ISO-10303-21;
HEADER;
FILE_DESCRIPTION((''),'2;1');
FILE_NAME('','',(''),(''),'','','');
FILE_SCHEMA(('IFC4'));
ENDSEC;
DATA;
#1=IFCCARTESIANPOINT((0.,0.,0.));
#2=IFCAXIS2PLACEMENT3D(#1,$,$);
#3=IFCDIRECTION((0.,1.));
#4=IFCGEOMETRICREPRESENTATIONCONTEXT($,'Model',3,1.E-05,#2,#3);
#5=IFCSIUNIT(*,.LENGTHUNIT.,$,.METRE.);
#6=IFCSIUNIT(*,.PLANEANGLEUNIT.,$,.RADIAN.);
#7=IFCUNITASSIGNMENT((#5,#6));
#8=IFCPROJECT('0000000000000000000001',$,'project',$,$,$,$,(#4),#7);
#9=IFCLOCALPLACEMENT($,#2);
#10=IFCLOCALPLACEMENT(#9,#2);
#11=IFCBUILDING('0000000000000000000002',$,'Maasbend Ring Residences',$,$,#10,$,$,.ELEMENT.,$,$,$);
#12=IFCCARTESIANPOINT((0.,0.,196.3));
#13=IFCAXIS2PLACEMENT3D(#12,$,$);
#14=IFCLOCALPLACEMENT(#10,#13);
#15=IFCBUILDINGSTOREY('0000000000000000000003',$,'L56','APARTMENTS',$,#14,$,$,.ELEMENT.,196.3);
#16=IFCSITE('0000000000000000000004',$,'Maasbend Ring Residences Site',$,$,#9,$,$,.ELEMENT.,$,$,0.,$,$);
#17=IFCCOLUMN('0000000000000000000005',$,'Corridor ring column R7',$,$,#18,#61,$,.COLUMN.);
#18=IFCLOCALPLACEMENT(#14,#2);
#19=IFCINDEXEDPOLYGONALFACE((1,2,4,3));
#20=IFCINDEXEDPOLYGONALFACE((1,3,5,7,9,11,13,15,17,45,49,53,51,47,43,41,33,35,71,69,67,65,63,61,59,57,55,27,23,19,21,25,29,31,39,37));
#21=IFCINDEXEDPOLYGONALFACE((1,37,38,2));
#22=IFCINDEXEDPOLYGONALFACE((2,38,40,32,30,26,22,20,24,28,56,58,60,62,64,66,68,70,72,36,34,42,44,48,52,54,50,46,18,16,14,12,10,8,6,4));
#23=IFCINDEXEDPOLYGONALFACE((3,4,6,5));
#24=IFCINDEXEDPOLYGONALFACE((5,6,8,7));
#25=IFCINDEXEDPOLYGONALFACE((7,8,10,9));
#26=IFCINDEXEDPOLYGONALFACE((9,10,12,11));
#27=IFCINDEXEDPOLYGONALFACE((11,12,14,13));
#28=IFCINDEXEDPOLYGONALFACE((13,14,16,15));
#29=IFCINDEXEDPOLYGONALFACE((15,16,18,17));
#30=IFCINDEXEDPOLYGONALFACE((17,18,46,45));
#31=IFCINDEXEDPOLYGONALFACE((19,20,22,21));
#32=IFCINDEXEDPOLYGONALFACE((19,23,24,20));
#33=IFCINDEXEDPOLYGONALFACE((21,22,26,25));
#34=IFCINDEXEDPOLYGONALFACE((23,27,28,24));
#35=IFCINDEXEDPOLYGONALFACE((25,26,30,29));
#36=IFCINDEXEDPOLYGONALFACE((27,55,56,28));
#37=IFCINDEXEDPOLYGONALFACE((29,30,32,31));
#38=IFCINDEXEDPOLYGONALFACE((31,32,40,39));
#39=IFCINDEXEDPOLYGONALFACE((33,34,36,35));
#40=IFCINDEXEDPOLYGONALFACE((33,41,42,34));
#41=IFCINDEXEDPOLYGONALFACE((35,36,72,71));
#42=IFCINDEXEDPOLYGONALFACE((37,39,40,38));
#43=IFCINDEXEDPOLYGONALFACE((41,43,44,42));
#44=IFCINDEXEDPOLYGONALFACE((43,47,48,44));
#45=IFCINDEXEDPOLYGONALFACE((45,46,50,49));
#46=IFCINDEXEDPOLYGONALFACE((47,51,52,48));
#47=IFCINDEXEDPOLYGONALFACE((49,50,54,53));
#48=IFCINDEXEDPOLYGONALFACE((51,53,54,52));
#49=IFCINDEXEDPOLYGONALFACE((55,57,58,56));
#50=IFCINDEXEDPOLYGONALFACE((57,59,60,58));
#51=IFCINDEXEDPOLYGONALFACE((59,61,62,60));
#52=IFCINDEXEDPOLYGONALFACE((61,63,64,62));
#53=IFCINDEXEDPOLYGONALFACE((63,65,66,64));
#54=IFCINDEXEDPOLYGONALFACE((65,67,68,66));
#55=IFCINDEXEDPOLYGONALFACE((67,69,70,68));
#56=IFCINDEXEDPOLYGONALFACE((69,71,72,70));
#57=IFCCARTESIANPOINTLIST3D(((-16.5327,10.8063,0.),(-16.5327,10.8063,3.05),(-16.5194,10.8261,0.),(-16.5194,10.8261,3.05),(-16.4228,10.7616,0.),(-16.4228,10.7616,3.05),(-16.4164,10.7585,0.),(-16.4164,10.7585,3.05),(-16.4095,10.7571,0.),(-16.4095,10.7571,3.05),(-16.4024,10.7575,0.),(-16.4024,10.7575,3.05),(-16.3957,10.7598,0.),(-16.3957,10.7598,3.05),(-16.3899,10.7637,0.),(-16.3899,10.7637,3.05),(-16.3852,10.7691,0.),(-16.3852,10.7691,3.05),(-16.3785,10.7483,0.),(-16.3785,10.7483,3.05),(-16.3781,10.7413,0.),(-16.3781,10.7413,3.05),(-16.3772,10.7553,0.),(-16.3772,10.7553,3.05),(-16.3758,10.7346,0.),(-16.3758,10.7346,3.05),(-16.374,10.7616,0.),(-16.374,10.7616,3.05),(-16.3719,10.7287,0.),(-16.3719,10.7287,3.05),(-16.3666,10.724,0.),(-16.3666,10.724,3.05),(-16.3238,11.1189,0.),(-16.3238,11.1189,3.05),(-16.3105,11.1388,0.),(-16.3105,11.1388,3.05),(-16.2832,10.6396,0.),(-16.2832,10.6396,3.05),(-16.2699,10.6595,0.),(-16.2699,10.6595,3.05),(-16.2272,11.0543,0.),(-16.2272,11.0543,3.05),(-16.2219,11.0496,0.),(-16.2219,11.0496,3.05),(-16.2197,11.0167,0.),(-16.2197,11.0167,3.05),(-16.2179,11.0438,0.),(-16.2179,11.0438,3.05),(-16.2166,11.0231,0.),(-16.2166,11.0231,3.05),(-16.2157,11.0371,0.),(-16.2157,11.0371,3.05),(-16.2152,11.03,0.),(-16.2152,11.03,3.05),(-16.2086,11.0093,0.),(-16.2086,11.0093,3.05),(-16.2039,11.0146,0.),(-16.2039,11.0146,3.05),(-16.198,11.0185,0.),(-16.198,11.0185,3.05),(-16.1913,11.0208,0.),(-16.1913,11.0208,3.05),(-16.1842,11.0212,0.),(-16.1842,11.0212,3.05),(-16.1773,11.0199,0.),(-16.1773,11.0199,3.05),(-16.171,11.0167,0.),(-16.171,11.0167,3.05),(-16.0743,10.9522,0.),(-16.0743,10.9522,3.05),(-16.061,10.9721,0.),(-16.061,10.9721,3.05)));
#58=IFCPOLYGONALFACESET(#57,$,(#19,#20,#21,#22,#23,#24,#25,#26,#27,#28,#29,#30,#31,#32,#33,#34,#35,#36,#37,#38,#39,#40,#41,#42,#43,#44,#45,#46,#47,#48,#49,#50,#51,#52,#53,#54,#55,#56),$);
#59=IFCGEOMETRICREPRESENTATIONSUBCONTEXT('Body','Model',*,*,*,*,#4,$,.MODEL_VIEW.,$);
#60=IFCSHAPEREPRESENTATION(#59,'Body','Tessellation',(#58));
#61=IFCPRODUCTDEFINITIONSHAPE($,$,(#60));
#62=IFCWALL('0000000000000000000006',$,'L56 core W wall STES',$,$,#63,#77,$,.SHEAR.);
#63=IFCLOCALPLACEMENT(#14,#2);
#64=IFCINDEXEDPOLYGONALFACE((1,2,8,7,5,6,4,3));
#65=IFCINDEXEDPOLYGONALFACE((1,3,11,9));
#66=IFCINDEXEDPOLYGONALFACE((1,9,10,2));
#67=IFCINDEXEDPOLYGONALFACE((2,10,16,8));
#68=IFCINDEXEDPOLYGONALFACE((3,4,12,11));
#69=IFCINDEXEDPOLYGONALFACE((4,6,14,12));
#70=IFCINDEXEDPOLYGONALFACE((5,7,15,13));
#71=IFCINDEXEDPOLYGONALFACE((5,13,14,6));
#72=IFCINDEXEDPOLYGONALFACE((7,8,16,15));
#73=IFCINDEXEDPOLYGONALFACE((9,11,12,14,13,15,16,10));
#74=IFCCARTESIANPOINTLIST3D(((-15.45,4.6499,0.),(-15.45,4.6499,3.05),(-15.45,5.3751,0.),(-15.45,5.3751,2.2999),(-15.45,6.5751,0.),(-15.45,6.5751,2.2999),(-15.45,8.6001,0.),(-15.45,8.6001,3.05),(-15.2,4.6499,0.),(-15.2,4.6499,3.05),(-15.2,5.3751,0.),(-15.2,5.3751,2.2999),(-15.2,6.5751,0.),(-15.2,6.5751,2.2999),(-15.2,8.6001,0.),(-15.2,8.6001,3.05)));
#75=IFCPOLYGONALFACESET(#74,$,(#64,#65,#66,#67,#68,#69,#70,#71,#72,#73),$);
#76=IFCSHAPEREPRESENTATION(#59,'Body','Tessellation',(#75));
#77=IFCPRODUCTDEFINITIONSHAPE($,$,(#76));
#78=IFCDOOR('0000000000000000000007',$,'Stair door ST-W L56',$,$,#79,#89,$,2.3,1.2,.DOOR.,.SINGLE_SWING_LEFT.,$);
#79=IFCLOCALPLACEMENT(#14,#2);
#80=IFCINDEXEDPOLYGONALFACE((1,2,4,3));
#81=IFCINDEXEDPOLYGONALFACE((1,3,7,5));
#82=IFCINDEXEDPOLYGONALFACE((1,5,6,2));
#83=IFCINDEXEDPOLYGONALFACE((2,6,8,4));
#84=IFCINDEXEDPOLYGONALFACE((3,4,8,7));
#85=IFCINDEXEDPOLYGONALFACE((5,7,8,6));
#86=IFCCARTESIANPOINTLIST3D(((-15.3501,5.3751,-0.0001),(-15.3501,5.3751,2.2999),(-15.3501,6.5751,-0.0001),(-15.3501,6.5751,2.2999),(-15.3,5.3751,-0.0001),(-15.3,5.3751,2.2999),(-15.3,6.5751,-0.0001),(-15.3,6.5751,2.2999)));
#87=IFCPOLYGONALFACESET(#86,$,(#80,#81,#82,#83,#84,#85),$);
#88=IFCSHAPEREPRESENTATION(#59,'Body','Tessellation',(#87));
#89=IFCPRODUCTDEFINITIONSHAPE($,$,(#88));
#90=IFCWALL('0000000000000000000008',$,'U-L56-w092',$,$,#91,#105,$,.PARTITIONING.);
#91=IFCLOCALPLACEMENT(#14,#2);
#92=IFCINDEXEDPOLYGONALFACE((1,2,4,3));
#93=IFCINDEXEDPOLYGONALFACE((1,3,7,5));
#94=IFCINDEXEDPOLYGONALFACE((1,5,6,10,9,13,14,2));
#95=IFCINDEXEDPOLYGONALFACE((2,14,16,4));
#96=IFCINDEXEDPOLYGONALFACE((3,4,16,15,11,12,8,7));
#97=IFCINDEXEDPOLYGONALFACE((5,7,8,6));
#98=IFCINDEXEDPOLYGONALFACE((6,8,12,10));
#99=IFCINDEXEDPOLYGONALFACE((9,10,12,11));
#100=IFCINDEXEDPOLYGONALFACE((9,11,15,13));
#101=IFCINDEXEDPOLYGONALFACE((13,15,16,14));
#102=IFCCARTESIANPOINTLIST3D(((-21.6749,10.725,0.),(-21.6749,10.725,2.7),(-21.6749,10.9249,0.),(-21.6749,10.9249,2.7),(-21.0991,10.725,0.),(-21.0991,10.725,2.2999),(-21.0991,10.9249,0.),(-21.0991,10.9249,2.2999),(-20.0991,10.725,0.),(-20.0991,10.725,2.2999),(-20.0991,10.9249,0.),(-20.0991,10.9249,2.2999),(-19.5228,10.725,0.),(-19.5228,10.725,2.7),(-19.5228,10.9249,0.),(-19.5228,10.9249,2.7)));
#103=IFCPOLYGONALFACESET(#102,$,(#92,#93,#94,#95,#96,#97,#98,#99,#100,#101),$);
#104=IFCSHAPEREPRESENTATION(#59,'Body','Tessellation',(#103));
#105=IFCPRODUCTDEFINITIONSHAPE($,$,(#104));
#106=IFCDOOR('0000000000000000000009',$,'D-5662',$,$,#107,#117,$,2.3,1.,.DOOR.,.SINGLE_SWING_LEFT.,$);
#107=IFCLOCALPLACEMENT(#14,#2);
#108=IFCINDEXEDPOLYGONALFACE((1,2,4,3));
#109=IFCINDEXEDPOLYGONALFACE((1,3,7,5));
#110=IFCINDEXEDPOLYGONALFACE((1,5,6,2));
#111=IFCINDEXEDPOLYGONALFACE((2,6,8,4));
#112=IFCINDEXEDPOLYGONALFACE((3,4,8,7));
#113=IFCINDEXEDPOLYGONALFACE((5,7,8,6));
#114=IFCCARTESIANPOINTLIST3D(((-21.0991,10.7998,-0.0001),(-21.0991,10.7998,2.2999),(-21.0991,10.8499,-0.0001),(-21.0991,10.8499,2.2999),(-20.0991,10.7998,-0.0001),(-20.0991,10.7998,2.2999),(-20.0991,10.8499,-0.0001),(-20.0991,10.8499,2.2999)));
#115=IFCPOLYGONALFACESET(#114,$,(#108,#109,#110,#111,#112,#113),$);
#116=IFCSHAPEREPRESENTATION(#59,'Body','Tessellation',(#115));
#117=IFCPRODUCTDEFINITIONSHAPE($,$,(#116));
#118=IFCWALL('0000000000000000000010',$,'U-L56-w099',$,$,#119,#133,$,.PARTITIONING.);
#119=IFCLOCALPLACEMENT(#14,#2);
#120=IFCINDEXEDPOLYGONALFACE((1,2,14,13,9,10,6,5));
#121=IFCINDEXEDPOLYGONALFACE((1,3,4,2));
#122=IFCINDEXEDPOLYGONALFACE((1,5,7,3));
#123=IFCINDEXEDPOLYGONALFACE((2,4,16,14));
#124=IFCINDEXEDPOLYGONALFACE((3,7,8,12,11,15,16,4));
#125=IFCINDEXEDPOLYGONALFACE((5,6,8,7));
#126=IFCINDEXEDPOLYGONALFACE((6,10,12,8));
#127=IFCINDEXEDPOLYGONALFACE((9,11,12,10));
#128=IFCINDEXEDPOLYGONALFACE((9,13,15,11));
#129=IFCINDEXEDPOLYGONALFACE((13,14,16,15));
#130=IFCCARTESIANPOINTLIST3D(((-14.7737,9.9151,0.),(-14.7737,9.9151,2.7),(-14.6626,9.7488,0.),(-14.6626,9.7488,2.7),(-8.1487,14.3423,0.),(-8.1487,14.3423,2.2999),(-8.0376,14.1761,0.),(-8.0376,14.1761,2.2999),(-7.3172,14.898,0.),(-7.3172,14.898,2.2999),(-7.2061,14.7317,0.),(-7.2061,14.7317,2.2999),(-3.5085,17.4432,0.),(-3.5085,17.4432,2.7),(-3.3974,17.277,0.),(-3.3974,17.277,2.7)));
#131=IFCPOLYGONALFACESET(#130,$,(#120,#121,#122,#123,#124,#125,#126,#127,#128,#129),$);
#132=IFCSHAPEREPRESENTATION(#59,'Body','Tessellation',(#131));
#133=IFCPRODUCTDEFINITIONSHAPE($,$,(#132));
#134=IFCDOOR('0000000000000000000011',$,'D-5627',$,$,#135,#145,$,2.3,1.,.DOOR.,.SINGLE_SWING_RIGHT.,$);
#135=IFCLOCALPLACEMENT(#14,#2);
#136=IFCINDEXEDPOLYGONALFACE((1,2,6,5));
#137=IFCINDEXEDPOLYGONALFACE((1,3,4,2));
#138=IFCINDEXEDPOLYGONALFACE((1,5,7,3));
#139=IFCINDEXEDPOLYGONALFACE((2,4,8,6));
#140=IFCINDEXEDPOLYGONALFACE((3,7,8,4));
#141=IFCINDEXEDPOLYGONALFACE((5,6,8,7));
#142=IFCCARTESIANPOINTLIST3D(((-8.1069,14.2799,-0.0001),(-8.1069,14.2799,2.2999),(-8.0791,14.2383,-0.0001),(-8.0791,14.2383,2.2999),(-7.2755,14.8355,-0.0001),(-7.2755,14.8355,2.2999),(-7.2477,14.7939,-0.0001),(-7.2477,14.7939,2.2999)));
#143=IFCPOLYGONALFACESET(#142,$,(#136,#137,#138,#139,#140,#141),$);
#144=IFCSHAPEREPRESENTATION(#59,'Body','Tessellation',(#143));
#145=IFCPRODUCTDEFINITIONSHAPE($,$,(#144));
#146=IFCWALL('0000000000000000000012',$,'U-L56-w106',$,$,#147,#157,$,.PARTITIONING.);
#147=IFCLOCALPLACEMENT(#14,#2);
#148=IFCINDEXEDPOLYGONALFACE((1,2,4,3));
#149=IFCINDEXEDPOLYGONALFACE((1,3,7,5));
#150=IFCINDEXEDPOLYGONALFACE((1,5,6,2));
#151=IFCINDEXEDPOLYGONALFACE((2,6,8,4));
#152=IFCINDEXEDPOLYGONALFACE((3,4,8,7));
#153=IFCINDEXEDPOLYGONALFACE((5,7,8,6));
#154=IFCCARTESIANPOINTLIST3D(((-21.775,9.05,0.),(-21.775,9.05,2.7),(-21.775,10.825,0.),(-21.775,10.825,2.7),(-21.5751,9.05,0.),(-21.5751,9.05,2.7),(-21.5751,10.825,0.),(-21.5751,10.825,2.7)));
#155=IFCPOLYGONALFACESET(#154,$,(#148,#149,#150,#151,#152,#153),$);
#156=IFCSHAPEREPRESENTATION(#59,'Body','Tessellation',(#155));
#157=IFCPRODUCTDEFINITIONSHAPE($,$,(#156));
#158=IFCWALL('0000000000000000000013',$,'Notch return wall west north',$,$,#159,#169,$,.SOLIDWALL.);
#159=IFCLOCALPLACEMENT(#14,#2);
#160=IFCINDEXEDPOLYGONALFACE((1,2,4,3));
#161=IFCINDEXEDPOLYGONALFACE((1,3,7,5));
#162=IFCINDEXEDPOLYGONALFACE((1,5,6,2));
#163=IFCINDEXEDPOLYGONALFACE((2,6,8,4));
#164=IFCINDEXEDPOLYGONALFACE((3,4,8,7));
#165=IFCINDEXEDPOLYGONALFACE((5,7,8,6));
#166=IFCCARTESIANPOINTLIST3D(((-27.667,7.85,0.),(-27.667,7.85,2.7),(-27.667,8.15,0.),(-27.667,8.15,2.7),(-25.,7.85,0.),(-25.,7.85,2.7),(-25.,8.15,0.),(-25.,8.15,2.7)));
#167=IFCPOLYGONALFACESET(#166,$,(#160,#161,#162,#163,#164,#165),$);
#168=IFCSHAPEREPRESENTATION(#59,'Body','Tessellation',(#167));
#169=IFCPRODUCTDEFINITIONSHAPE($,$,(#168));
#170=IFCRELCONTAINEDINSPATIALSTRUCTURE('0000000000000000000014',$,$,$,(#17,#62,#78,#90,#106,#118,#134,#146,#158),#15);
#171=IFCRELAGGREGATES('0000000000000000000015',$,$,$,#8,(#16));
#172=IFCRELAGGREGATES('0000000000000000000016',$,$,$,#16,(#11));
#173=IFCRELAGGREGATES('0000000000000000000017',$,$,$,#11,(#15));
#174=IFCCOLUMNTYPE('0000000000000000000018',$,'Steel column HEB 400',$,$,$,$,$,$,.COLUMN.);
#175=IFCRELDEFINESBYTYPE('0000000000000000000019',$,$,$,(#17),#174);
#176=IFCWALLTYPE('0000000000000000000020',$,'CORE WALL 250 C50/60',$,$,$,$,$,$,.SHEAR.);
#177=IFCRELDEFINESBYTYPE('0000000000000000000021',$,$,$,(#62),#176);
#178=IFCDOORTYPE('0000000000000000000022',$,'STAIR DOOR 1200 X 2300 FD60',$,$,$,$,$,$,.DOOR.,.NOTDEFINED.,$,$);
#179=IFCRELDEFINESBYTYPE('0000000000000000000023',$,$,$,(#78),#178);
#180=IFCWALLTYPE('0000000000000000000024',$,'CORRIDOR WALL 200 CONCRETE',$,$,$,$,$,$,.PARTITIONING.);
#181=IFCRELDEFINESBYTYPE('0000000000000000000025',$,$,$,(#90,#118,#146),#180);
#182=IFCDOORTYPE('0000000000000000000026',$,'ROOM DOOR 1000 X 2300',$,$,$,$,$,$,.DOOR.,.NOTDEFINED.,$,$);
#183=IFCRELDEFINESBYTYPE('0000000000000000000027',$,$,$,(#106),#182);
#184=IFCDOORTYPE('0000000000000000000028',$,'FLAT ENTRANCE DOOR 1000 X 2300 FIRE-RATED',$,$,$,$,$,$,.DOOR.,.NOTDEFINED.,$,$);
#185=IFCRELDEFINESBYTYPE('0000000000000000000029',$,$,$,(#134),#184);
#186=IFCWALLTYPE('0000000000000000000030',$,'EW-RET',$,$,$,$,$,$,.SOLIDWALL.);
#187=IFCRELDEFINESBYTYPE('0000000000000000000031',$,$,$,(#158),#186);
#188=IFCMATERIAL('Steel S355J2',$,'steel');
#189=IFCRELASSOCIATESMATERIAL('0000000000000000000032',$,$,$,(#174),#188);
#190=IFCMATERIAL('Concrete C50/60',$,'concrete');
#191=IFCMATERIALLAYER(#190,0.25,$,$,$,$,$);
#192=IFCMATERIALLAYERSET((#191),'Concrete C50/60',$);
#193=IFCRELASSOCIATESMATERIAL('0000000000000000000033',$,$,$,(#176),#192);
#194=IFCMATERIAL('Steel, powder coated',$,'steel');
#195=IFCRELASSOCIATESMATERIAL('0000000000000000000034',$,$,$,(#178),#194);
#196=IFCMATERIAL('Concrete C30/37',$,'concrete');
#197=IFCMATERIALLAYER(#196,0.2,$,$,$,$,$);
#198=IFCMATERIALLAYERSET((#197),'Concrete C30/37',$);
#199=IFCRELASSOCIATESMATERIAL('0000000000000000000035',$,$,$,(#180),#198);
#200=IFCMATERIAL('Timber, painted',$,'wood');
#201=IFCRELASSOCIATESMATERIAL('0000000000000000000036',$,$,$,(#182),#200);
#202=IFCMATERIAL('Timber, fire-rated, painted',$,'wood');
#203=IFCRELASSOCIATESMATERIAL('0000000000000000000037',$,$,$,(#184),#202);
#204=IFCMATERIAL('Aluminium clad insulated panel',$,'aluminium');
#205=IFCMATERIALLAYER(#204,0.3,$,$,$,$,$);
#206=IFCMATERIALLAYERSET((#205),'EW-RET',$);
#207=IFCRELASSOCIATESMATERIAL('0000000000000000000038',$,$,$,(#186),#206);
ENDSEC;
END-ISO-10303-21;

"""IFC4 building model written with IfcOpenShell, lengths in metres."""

from ifc_helpers import new_model, si_unit, direction, frame, frame_2d, origin, origin_2d, place, context, subcontext, project, spatial, rectangle, i_section, extrude, material, layer, layer_set, material_profile, profile_set, type_object, element, fill, save


model = new_model("IFC4")

# Units and contexts
model_context = context("Model", 3, precision=1e-05, world=origin(), true_north=direction((0.0, 1.0)))
body_context = subcontext(model_context, "Body", "Model", "MODEL_VIEW")
ifc_project = project(units=[si_unit("LENGTHUNIT", "METRE"), si_unit("PLANEANGLEUNIT", "RADIAN")], contexts=[model_context])

# Site, building, storey
site_placement = place(None, origin())
site = spatial("IfcSite", under=ifc_project, at=site_placement, Name="Maasbend Ring Residences Site", CompositionType="ELEMENT", RefElevation=0.0)
building_placement = place(site_placement, origin())
building = spatial("IfcBuilding", under=site, at=building_placement, Name="Maasbend Ring Residences", CompositionType="ELEMENT")
storey_placement = place(building_placement, frame((0.0, 0.0, 196.3)))
storey = spatial("IfcBuildingStorey", under=building, at=storey_placement, Name="L56", Description="APARTMENTS", CompositionType="ELEMENT", Elevation=196.3)

# Column
ifc_material_1 = material(Name="Steel S355J2", Category="steel")
ifc_material_profile = material_profile(ifc_material_1, i_section(OverallWidth=0.3, OverallDepth=0.3999, WebThickness=0.0134, FlangeThickness=0.0239, FilletRadius=0.0271, at=origin_2d()), Name="HEB 400")
ifc_profile_set = profile_set([ifc_material_profile], Name="Steel S355J2")
column_type = type_object("IfcColumnType", Name="Steel column HEB 400", PredefinedType="COLUMN", material=ifc_profile_set)
column_placement = place(storey_placement, frame((-16.2969, 10.8892, 0.0), z_axis=(0.0, 0.0, 1.0), x_axis=(-0.83147, 0.55557, 0.0)))
element("IfcColumn", 1, at=column_placement, inside=storey, type_object=column_type, Name="Corridor ring column R7", PredefinedType="COLUMN", context=body_context, shape_type="SweptSolid", body=[
    extrude(i_section(OverallWidth=0.3, OverallDepth=0.3999, WebThickness=0.0134, FlangeThickness=0.0239, FilletRadius=0.0271, at=origin_2d()), origin(), (0.0, 0.0, 1.0), 3.05),
])

# Walls, openings, doors
ifc_material_2 = material(Name="Concrete C50/60", Category="concrete")
ifc_layer_1 = layer(ifc_material_2, 0.25)
ifc_layer_set_1 = layer_set([ifc_layer_1], Name="Concrete C50/60")
wall_type_1 = type_object("IfcWallType", Name="CORE WALL 250 C50/60", PredefinedType="SHEAR", material=ifc_layer_set_1)
wall_1_placement = place(storey_placement, frame((-15.325, 8.6001, 0.0), z_axis=(0.0, 0.0, 1.0), x_axis=(0.0, -1.0, 0.0)))
wall_1 = element("IfcWall", 2, at=wall_1_placement, inside=storey, type_object=wall_type_1, Name="L56 core W wall STES", PredefinedType="SHEAR", context=body_context, shape_type="SweptSolid", body=[
    extrude(rectangle(XDim=3.9502, YDim=0.25, at=frame_2d((1.9751, 0.0))), origin(), (0.0, 0.0, 1.0), 3.05),
])
opening_1_placement = place(wall_1_placement, frame((2.0249, 0.0, 0.0)))
opening_1 = element("IfcOpeningElement", 3, at=opening_1_placement, cuts=wall_1, PredefinedType="OPENING", context=body_context, shape_type="SweptSolid", body=[
    extrude(rectangle(XDim=1.2, YDim=2.3, at=frame_2d((0.6001, 1.1499))), frame((0.0, 0.135, 0.0), z_axis=(0.0, -1.0, 0.0), x_axis=(1.0, 0.0, 0.0)), (0.0, 0.0, 1.0), 0.27),
])
ifc_material_3 = material(Name="Steel, powder coated", Category="steel")
door_type_1 = type_object("IfcDoorType", Name="STAIR DOOR 1200 X 2300 FD60", OperationType="NOTDEFINED", PredefinedType="DOOR", material=ifc_material_3)
door_1_placement = place(opening_1_placement, origin())
door_1 = element("IfcDoor", 4, at=door_1_placement, inside=storey, type_object=door_type_1, Name="Stair door ST-W L56", OperationType="SINGLE_SWING_LEFT", OverallHeight=2.3, OverallWidth=1.2, PredefinedType="DOOR", context=body_context, shape_type="SweptSolid", body=[
    extrude(rectangle(XDim=1.2, YDim=2.3, at=frame_2d((0.6001, 1.1499))), frame((0.0, 0.0249, 0.0), z_axis=(0.0, -1.0, 0.0), x_axis=(1.0, 0.0, 0.0)), (0.0, 0.0, 1.0), 0.05),
])
fill(opening_1, door_1)
ifc_material_4 = material(Name="Concrete C30/37", Category="concrete")
ifc_layer_2 = layer(ifc_material_4, 0.2)
ifc_layer_set_2 = layer_set([ifc_layer_2], Name="Concrete C30/37")
wall_type_2 = type_object("IfcWallType", Name="CORRIDOR WALL 200 CONCRETE", PredefinedType="PARTITIONING", material=ifc_layer_set_2)
wall_2_placement = place(storey_placement, frame((-21.675, 10.825, 0.0), z_axis=(0.0, 0.0, 1.0), x_axis=(1.0, 0.0, 0.0)))
wall_2 = element("IfcWall", 5, at=wall_2_placement, inside=storey, type_object=wall_type_2, Name="U-L56-w092", PredefinedType="PARTITIONING", context=body_context, shape_type="SweptSolid", body=[
    extrude(rectangle(XDim=2.1521, YDim=0.2, at=frame_2d((1.0762, 0.0))), origin(), (0.0, 0.0, 1.0), 2.7),
])
opening_2_placement = place(wall_2_placement, frame((0.5759, 0.0, 0.0)))
opening_2 = element("IfcOpeningElement", 6, at=opening_2_placement, cuts=wall_2, PredefinedType="OPENING", context=body_context, shape_type="SweptSolid", body=[
    extrude(rectangle(XDim=1.0, YDim=2.3, at=frame_2d((0.5, 1.1499))), frame((0.0, 0.1099, 0.0), z_axis=(0.0, -1.0, 0.0), x_axis=(1.0, 0.0, 0.0)), (0.0, 0.0, 1.0), 0.22),
])
ifc_material_5 = material(Name="Timber, painted", Category="wood")
door_type_2 = type_object("IfcDoorType", Name="ROOM DOOR 1000 X 2300", OperationType="NOTDEFINED", PredefinedType="DOOR", material=ifc_material_5)
door_2_placement = place(opening_2_placement, origin())
door_2 = element("IfcDoor", 7, at=door_2_placement, inside=storey, type_object=door_type_2, Name="D-5662", OperationType="SINGLE_SWING_LEFT", OverallHeight=2.3, OverallWidth=1.0, PredefinedType="DOOR", context=body_context, shape_type="SweptSolid", body=[
    extrude(rectangle(XDim=1.0, YDim=2.3, at=frame_2d((0.5, 1.1499))), frame((0.0, 0.0249, 0.0), z_axis=(0.0, -1.0, 0.0), x_axis=(1.0, 0.0, 0.0)), (0.0, 0.0, 1.0), 0.05),
])
fill(opening_2, door_2)
wall_3_placement = place(storey_placement, frame((-14.718, 9.832, 0.0), z_axis=(0.0, 0.0, 1.0), x_axis=(0.831437, 0.555619, 0.0)))
wall_3 = element("IfcWall", 8, at=wall_3_placement, inside=storey, type_object=wall_type_2, Name="U-L56-w099", PredefinedType="PARTITIONING", context=body_context, shape_type="SweptSolid", body=[
    extrude(rectangle(XDim=13.5491, YDim=0.2, at=frame_2d((6.7744, 0.0))), origin(), (0.0, 0.0, 1.0), 2.7),
])
opening_3_placement = place(wall_3_placement, frame((7.968, 0.0, 0.0)))
opening_3 = element("IfcOpeningElement", 9, at=opening_3_placement, cuts=wall_3, PredefinedType="OPENING", context=body_context, shape_type="SweptSolid", body=[
    extrude(rectangle(XDim=1.0, YDim=2.3, at=frame_2d((0.5, 1.1499))), frame((0.0, 0.1099, 0.0), z_axis=(0.0, -1.0, 0.0), x_axis=(1.0, 0.0, 0.0)), (0.0, 0.0, 1.0), 0.22),
])
ifc_material_6 = material(Name="Timber, fire-rated, painted", Category="wood")
door_type_3 = type_object("IfcDoorType", Name="FLAT ENTRANCE DOOR 1000 X 2300 FIRE-RATED", OperationType="NOTDEFINED", PredefinedType="DOOR", material=ifc_material_6)
door_3_placement = place(opening_3_placement, origin())
door_3 = element("IfcDoor", 10, at=door_3_placement, inside=storey, type_object=door_type_3, Name="D-5627", OperationType="SINGLE_SWING_RIGHT", OverallHeight=2.3, OverallWidth=1.0, PredefinedType="DOOR", context=body_context, shape_type="SweptSolid", body=[
    extrude(rectangle(XDim=1.0, YDim=2.3, at=frame_2d((0.5, 1.1499))), frame((0.0, 0.0249, 0.0), z_axis=(0.0, -1.0, 0.0), x_axis=(1.0, 0.0, 0.0)), (0.0, 0.0, 1.0), 0.05),
])
fill(opening_3, door_3)

# Walls
wall_4_placement = place(storey_placement, frame((-21.675, 9.05, 0.0), z_axis=(0.0, 0.0, 1.0), x_axis=(0.0, 1.0, 0.0)))
element("IfcWall", 11, at=wall_4_placement, inside=storey, type_object=wall_type_2, Name="U-L56-w106", PredefinedType="PARTITIONING", context=body_context, shape_type="SweptSolid", body=[
    extrude(rectangle(XDim=1.7749, YDim=0.2, at=frame_2d((0.8875, 0.0))), origin(), (0.0, 0.0, 1.0), 2.7),
])
ifc_material_7 = material(Name="Aluminium clad insulated panel", Category="aluminium")
ifc_layer_3 = layer(ifc_material_7, 0.3)
ifc_layer_set_3 = layer_set([ifc_layer_3], Name="EW-RET")
wall_type_3 = type_object("IfcWallType", Name="EW-RET", PredefinedType="SOLIDWALL", material=ifc_layer_set_3)
wall_5_placement = place(storey_placement, frame((-25.0, 8.0, 0.0), z_axis=(0.0, 0.0, 1.0), x_axis=(-1.0, 0.0, 0.0)))
element("IfcWall", 12, at=wall_5_placement, inside=storey, type_object=wall_type_3, Name="Notch return wall west north", PredefinedType="SOLIDWALL", context=body_context, shape_type="SweptSolid", body=[
    extrude(rectangle(XDim=2.667, YDim=0.3, at=frame_2d((1.3335, 0.0))), origin(), (0.0, 0.0, 1.0), 2.7),
])

save(model, "model.ifc")
